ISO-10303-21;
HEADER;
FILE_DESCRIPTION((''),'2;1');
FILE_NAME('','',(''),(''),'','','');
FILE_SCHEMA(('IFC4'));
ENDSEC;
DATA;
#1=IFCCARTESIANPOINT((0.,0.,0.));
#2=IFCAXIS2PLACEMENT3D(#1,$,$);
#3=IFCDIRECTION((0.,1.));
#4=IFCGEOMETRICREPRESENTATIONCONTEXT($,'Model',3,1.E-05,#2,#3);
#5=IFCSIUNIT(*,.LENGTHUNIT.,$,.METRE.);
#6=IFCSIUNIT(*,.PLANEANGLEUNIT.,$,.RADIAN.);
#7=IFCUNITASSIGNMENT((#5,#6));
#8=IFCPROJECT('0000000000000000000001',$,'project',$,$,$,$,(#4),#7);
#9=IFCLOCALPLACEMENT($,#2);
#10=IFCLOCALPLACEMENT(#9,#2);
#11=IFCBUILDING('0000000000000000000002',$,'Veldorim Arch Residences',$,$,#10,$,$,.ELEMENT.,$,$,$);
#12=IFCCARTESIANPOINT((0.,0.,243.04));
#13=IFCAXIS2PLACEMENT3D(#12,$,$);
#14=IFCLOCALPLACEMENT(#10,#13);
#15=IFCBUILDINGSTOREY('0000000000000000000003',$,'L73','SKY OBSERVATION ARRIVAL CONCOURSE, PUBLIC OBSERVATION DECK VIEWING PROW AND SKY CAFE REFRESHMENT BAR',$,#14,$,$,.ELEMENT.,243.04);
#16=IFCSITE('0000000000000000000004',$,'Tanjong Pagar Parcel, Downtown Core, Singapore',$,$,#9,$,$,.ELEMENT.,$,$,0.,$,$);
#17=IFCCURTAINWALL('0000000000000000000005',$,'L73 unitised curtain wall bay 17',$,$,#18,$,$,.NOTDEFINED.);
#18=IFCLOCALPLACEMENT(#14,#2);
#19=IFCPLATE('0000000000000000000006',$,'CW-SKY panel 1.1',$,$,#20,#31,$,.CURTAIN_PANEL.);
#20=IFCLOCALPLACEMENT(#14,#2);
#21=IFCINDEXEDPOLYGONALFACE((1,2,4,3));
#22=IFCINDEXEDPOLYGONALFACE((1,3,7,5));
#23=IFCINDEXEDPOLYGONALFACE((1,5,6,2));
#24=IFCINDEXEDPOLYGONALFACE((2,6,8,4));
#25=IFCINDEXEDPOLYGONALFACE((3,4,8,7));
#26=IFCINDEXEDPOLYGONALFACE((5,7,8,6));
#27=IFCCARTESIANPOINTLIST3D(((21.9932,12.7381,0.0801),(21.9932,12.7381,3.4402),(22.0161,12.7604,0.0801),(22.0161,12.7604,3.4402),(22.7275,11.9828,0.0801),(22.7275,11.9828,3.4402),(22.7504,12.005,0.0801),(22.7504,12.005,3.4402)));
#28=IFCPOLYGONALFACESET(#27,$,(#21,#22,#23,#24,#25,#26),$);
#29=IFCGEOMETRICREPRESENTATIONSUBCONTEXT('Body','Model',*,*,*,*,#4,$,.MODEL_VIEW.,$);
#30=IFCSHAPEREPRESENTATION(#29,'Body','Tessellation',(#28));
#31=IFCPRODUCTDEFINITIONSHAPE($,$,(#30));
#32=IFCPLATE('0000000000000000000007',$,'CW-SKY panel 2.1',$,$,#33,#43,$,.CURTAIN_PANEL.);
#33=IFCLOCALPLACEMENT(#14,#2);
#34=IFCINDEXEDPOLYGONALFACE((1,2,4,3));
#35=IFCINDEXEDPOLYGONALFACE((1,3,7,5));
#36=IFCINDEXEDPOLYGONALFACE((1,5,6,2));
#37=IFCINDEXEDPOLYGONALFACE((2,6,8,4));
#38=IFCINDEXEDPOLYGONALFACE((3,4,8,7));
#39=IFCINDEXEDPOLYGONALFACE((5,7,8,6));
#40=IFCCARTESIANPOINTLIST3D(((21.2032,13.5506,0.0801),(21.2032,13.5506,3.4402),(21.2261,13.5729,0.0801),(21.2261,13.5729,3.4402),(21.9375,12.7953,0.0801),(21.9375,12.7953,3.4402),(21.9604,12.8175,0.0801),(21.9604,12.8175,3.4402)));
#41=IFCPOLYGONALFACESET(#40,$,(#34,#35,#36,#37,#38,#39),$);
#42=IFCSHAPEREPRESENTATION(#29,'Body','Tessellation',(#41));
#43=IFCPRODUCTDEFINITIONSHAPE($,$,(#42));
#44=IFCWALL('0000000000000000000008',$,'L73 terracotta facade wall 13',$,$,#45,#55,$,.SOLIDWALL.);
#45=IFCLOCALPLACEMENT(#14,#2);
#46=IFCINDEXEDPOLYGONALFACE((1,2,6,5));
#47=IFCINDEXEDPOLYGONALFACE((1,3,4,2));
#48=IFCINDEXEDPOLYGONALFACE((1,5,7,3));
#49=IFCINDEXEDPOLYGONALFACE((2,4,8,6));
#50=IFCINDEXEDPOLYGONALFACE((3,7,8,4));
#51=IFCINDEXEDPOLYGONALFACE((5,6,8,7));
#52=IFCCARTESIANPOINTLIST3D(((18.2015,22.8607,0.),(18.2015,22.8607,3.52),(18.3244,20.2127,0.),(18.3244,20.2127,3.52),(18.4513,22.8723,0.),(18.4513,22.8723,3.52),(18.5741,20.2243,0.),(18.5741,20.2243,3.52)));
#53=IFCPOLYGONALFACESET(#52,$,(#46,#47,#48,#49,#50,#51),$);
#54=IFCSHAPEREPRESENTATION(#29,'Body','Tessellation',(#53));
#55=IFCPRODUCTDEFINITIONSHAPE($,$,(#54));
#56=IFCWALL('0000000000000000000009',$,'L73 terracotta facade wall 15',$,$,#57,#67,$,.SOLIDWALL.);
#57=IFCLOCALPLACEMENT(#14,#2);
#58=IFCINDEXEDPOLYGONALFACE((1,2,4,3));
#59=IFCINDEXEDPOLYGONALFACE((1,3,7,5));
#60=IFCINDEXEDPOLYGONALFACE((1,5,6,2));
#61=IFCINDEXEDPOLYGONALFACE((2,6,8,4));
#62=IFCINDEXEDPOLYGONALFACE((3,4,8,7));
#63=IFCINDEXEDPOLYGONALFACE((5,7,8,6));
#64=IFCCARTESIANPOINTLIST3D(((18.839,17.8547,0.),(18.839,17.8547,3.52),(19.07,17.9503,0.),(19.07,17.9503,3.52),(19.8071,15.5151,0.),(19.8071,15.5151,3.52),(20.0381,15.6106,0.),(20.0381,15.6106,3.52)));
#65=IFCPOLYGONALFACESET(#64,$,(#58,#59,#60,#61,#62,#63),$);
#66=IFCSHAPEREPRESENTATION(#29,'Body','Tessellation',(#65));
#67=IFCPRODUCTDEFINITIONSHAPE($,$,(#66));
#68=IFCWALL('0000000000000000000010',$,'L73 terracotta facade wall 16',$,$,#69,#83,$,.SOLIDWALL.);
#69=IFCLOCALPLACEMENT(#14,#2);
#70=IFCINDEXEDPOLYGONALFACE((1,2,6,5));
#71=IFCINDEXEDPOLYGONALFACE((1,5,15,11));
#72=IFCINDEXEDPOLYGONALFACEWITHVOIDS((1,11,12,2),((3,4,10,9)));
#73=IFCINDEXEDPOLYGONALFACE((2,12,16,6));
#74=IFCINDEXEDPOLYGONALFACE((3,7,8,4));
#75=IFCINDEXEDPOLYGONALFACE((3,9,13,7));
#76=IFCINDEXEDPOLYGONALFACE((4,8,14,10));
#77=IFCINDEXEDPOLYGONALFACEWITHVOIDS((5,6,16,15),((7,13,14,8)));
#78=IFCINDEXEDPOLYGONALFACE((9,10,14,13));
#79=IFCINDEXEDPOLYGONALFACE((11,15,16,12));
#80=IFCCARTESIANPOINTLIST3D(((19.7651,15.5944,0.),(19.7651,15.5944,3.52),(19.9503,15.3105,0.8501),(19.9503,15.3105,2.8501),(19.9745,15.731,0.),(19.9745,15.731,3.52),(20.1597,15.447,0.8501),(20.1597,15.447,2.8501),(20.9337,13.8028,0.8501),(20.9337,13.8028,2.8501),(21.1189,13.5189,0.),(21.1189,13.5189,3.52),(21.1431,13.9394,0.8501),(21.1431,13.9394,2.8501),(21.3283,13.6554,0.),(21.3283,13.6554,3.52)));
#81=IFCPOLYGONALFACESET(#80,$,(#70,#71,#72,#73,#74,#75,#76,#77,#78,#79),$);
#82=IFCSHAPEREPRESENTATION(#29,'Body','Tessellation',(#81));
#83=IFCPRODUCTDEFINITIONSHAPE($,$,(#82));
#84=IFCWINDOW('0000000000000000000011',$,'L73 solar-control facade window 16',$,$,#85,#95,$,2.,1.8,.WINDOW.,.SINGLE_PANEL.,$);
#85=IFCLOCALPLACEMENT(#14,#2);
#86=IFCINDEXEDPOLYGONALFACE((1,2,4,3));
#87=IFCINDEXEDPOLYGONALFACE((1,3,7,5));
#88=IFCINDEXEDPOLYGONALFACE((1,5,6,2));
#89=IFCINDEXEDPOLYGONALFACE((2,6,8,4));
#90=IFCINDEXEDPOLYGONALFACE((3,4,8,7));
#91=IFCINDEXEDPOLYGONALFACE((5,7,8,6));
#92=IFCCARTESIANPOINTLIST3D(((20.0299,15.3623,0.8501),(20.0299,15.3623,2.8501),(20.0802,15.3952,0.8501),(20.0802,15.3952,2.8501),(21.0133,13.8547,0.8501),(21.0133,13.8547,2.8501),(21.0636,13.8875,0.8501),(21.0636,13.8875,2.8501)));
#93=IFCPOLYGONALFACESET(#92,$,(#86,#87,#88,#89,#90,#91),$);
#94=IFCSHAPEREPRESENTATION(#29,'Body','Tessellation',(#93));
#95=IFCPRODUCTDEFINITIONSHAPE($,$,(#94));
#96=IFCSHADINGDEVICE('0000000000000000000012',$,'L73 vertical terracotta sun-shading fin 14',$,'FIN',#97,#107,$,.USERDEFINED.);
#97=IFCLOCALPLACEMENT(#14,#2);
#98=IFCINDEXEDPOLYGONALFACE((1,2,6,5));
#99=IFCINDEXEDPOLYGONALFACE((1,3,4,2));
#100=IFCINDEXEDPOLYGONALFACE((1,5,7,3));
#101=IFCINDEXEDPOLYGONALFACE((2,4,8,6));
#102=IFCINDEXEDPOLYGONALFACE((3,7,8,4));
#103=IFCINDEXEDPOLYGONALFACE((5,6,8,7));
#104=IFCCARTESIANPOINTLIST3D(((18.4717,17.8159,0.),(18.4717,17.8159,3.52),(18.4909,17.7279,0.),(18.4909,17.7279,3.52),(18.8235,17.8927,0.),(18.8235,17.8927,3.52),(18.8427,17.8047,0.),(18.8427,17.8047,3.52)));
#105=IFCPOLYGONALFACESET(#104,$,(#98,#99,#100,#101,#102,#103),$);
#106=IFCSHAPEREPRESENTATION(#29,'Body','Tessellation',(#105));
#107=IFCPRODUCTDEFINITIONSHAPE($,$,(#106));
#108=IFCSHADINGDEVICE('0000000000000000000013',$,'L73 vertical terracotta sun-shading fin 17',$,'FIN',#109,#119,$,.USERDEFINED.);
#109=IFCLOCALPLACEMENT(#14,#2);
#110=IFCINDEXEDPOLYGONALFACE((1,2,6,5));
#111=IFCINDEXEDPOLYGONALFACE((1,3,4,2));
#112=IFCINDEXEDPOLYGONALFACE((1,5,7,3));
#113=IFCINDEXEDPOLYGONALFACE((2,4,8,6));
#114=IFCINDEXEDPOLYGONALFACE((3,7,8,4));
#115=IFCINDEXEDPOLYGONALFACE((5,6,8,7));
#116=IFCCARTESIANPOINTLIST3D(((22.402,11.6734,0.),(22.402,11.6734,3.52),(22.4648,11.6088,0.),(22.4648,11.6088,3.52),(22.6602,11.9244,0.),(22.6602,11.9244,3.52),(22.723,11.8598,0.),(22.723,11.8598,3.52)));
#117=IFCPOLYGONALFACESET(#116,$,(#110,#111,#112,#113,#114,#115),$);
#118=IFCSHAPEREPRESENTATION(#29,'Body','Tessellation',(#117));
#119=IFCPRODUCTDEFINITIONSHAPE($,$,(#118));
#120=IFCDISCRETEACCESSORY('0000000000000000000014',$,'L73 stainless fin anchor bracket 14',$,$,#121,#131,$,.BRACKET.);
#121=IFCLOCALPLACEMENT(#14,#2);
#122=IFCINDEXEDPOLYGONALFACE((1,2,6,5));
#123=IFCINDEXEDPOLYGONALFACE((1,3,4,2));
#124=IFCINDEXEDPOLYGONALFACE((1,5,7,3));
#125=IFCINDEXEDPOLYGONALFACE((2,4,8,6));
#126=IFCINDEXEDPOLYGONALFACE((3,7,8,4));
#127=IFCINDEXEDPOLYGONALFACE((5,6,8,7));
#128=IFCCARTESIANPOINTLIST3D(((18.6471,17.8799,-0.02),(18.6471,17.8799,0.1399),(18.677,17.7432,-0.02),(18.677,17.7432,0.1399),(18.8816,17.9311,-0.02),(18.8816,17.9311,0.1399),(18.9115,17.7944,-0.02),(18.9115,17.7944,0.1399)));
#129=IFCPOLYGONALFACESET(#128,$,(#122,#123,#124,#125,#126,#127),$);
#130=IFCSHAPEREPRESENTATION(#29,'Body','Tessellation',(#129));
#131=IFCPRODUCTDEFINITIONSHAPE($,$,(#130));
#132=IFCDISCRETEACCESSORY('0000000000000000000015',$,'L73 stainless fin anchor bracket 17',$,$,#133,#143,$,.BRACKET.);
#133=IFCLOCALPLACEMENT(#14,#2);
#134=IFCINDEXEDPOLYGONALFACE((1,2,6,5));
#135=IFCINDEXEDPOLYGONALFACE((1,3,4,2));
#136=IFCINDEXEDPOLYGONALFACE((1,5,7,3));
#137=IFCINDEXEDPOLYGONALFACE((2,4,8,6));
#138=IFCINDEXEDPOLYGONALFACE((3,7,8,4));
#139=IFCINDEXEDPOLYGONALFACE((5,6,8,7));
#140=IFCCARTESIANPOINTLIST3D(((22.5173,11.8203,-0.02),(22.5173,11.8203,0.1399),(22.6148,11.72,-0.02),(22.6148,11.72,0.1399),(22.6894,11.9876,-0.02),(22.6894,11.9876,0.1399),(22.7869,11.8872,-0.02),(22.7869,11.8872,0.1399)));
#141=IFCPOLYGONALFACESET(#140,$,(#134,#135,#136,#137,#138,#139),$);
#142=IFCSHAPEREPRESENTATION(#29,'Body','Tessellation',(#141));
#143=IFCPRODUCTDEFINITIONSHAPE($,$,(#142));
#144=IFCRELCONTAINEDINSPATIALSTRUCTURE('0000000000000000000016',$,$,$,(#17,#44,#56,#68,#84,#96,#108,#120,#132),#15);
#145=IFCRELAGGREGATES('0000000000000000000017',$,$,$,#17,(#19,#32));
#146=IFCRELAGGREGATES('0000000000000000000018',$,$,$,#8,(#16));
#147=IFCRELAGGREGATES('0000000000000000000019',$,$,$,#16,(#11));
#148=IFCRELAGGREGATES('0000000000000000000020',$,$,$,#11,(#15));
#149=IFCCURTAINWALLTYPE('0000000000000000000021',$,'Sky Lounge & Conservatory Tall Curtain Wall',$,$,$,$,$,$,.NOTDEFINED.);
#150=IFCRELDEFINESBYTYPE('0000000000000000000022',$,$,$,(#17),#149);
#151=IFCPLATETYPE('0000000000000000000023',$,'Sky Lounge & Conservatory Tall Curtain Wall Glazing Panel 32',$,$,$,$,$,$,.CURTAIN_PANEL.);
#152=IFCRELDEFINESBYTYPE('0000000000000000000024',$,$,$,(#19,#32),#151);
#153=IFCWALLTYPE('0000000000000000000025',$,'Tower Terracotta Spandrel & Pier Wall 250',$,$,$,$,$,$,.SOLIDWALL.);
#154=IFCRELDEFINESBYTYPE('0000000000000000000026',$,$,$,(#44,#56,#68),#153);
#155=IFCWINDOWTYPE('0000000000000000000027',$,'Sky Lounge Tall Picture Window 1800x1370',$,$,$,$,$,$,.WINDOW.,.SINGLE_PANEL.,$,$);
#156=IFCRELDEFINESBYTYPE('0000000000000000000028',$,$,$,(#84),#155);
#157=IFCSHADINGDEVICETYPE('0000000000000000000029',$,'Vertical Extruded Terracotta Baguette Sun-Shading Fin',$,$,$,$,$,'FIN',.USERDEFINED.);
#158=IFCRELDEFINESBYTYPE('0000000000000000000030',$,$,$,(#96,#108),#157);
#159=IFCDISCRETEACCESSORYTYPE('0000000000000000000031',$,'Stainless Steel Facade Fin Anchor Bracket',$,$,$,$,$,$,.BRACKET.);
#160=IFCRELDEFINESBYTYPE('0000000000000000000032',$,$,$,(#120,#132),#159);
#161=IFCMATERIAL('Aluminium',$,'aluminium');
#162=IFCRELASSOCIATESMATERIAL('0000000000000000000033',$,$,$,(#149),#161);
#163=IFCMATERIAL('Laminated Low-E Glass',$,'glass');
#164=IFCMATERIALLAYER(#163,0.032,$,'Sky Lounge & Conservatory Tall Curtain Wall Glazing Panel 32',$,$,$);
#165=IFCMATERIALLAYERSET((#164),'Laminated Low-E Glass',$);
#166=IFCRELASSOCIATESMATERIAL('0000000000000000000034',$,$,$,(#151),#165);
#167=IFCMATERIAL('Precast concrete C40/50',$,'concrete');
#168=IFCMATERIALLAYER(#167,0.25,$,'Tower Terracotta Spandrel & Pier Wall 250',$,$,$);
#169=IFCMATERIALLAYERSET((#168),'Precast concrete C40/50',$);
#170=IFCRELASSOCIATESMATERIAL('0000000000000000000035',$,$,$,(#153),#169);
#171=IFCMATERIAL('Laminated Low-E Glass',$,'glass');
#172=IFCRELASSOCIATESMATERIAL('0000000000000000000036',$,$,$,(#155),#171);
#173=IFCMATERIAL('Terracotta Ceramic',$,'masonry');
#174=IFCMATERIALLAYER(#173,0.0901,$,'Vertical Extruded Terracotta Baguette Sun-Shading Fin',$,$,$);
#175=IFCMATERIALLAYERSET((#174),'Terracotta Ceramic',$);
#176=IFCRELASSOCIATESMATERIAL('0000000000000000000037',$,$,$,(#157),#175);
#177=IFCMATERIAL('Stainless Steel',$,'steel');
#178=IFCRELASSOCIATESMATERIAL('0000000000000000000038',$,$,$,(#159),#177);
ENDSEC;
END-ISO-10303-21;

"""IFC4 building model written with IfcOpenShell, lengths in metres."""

from ifc_helpers import new_model, si_unit, direction, frame, frame_2d, origin, origin_2d, place, context, subcontext, project, spatial, rectangle, extrude, material, layer, layer_set, type_object, element, fill, aggregate, save


model = new_model("IFC4")

# Units and contexts
model_context = context("Model", 3, precision=1e-05, world=origin(), true_north=direction((0.0, 1.0)))
body_context = subcontext(model_context, "Body", "Model", "MODEL_VIEW")
ifc_project = project(units=[si_unit("LENGTHUNIT", "METRE"), si_unit("PLANEANGLEUNIT", "RADIAN")], contexts=[model_context])

# Site, building, storey
site_placement = place(None, origin())
site = spatial("IfcSite", under=ifc_project, at=site_placement, Name="Tanjong Pagar Parcel, Downtown Core, Singapore", CompositionType="ELEMENT", RefElevation=0.0)
building_placement = place(site_placement, origin())
building = spatial("IfcBuilding", under=site, at=building_placement, Name="Veldorim Arch Residences", CompositionType="ELEMENT")
storey_placement = place(building_placement, frame((0.0, 0.0, 243.04)))
storey = spatial("IfcBuildingStorey", under=building, at=storey_placement, Name="L73", Description="SKY OBSERVATION ARRIVAL CONCOURSE, PUBLIC OBSERVATION DECK VIEWING PROW AND SKY CAFE REFRESHMENT BAR", CompositionType="ELEMENT", Elevation=243.04)

# Curtain wall
ifc_material_1 = material(Name="Aluminium", Category="aluminium")
curtain_wall_type = type_object("IfcCurtainWallType", Name="Sky Lounge & Conservatory Tall Curtain Wall", PredefinedType="NOTDEFINED", material=ifc_material_1)
curtain_wall_1_placement = place(storey_placement, origin())
curtain_wall_1 = element("IfcCurtainWall", 1, at=curtain_wall_1_placement, inside=storey, type_object=curtain_wall_type, Name="L73 unitised curtain wall bay 17", PredefinedType="NOTDEFINED")

# Plates
ifc_material_2 = material(Name="Laminated Low-E Glass", Category="glass")
ifc_layer_1 = layer(ifc_material_2, 0.032, Name="Sky Lounge & Conservatory Tall Curtain Wall Glazing Panel 32")
ifc_layer_set_1 = layer_set([ifc_layer_1], Name="Laminated Low-E Glass")
plate_type = type_object("IfcPlateType", Name="Sky Lounge & Conservatory Tall Curtain Wall Glazing Panel 32", PredefinedType="CURTAIN_PANEL", material=ifc_layer_set_1)
plate_1_placement = place(storey_placement, frame((22.3718, 12.3716, 0.0801), z_axis=(0.0, 0.0, 1.0), x_axis=(-0.697044, 0.717029, 0.0)))
plate_1 = element("IfcPlate", 2, at=plate_1_placement, type_object=plate_type, Name="CW-SKY panel 1.1", PredefinedType="CURTAIN_PANEL", context=body_context, shape_type="SweptSolid", body=[
    extrude(rectangle(XDim=1.0535, YDim=0.032, at=origin_2d()), origin(), (0.0, 0.0, 1.0), 3.3601),
])
plate_2_placement = place(storey_placement, frame((21.5818, 13.1841, 0.0801), z_axis=(0.0, 0.0, 1.0), x_axis=(-0.697044, 0.717029, 0.0)))
plate_2 = element("IfcPlate", 3, at=plate_2_placement, type_object=plate_type, Name="CW-SKY panel 2.1", PredefinedType="CURTAIN_PANEL", context=body_context, shape_type="SweptSolid", body=[
    extrude(rectangle(XDim=1.0535, YDim=0.032, at=origin_2d()), origin(), (0.0, 0.0, 1.0), 3.3601),
])
aggregate(curtain_wall_1, [plate_1, plate_2])

# Walls
ifc_material_3 = material(Name="Precast concrete C40/50", Category="concrete")
ifc_layer_2 = layer(ifc_material_3, 0.25, Name="Tower Terracotta Spandrel & Pier Wall 250")
ifc_layer_set_2 = layer_set([ifc_layer_2], Name="Precast concrete C40/50")
wall_type = type_object("IfcWallType", Name="Tower Terracotta Spandrel & Pier Wall 250", PredefinedType="SOLIDWALL", material=ifc_layer_set_2)
wall_1_placement = place(storey_placement, frame((18.4492, 20.2185, 0.0), z_axis=(0.0, 0.0, 1.0), x_axis=(-0.046327, 0.998926, 0.0)))
element("IfcWall", 4, at=wall_1_placement, inside=storey, type_object=wall_type, Name="L73 terracotta facade wall 13", PredefinedType="SOLIDWALL", context=body_context, shape_type="SweptSolid", body=[
    extrude(rectangle(XDim=2.6509, YDim=0.25, at=frame_2d((1.3254, 0.0))), origin(), (0.0, 0.0, 1.0), 3.52),
])
wall_2_placement = place(storey_placement, frame((19.9226, 15.5627, 0.0), z_axis=(0.0, 0.0, 1.0), x_axis=(-0.382321, 0.92403, 0.0)))
element("IfcWall", 5, at=wall_2_placement, inside=storey, type_object=wall_type, Name="L73 terracotta facade wall 15", PredefinedType="SOLIDWALL", context=body_context, shape_type="SweptSolid", body=[
    extrude(rectangle(XDim=2.532, YDim=0.25, at=frame_2d((1.2661, 0.0))), origin(), (0.0, 0.0, 1.0), 3.52),
])

# Wall, opening, window
wall_3_placement = place(storey_placement, frame((21.2236, 13.5872, 0.0), z_axis=(0.0, 0.0, 1.0), x_axis=(-0.546328, 0.837571, 0.0)))
wall_3 = element("IfcWall", 6, at=wall_3_placement, inside=storey, type_object=wall_type, Name="L73 terracotta facade wall 16", PredefinedType="SOLIDWALL", context=body_context, shape_type="SweptSolid", body=[
    extrude(rectangle(XDim=2.478, YDim=0.25, at=frame_2d((1.239, 0.0))), origin(), (0.0, 0.0, 1.0), 3.52),
])
opening_placement = place(wall_3_placement, frame((0.3391, 0.0, 0.8501)))
opening = element("IfcOpeningElement", 7, at=opening_placement, cuts=wall_3, PredefinedType="OPENING", context=body_context, shape_type="SweptSolid", body=[
    extrude(rectangle(XDim=1.8, YDim=2.0, at=frame_2d((0.8999, 1.0))), frame((0.0, 0.135, 0.0), z_axis=(0.0, -1.0, 0.0), x_axis=(1.0, 0.0, 0.0)), (0.0, 0.0, 1.0), 0.27),
])
ifc_material_4 = material(Name="Laminated Low-E Glass", Category="glass")
window_type = type_object("IfcWindowType", Name="Sky Lounge Tall Picture Window 1800x1370", PartitioningType="SINGLE_PANEL", PredefinedType="WINDOW", material=ifc_material_4)
window_placement = place(opening_placement, origin())
window = element("IfcWindow", 8, at=window_placement, inside=storey, type_object=window_type, Name="L73 solar-control facade window 16", OverallHeight=2.0, OverallWidth=1.8, PartitioningType="SINGLE_PANEL", PredefinedType="WINDOW", context=body_context, shape_type="SweptSolid", body=[
    extrude(rectangle(XDim=1.8, YDim=2.0, at=frame_2d((0.8999, 1.0))), frame((0.0, 0.03, 0.0), z_axis=(0.0, -1.0, 0.0), x_axis=(1.0, 0.0, 0.0)), (0.0, 0.0, 1.0), 0.0601),
])
fill(opening, window)

# Shading devices
ifc_material_5 = material(Name="Terracotta Ceramic", Category="masonry")
ifc_layer_3 = layer(ifc_material_5, 0.0901, Name="Vertical Extruded Terracotta Baguette Sun-Shading Fin")
ifc_layer_set_3 = layer_set([ifc_layer_3], Name="Terracotta Ceramic")
shading_device_type = type_object("IfcShadingDeviceType", Name="Vertical Extruded Terracotta Baguette Sun-Shading Fin", ElementType="FIN", PredefinedType="USERDEFINED", material=ifc_layer_set_3)
for number, where, z_axis, x_axis, name in (
    (9, (18.6572, 17.8103, 0.0), (0.0, 0.0, 1.0), (-0.213371, 0.976971, 0.0), "L73 vertical terracotta sun-shading fin 14"),
    (10, (22.5625, 11.7666, 0.0), (0.0, 0.0, 1.0), (-0.69704, 0.717032, 0.0), "L73 vertical terracotta sun-shading fin 17"),
):
    element("IfcShadingDevice", number, at=place(storey_placement, frame(where, z_axis=z_axis, x_axis=x_axis)), inside=storey, type_object=shading_device_type, Name=name, ObjectType="FIN", PredefinedType="USERDEFINED", context=body_context, shape_type="SweptSolid", body=[
        extrude(rectangle(XDim=0.0901, YDim=0.3601, at=origin_2d()), origin(), (0.0, 0.0, 1.0), 3.52),
    ])

# Discrete accessories
ifc_material_6 = material(Name="Stainless Steel", Category="steel")
discrete_accessory_type = type_object("IfcDiscreteAccessoryType", Name="Stainless Steel Facade Fin Anchor Bracket", PredefinedType="BRACKET", material=ifc_material_6)
for number, where, z_axis, x_axis, name in (
    (11, (18.7793, 17.8372, -0.02), (0.0, 0.0, 1.0), (-0.213371, 0.976971, 0.0), "L73 stainless fin anchor bracket 14"),
    (12, (22.6521, 11.8538, -0.02), (0.0, 0.0, 1.0), (-0.69704, 0.717032, 0.0), "L73 stainless fin anchor bracket 17"),
):
    element("IfcDiscreteAccessory", number, at=place(storey_placement, frame(where, z_axis=z_axis, x_axis=x_axis)), inside=storey, type_object=discrete_accessory_type, Name=name, PredefinedType="BRACKET", context=body_context, shape_type="SweptSolid", body=[
        extrude(rectangle(XDim=0.1399, YDim=0.24, at=origin_2d()), origin(), (0.0, 0.0, 1.0), 0.1599),
    ])

save(model, "model.ifc")
